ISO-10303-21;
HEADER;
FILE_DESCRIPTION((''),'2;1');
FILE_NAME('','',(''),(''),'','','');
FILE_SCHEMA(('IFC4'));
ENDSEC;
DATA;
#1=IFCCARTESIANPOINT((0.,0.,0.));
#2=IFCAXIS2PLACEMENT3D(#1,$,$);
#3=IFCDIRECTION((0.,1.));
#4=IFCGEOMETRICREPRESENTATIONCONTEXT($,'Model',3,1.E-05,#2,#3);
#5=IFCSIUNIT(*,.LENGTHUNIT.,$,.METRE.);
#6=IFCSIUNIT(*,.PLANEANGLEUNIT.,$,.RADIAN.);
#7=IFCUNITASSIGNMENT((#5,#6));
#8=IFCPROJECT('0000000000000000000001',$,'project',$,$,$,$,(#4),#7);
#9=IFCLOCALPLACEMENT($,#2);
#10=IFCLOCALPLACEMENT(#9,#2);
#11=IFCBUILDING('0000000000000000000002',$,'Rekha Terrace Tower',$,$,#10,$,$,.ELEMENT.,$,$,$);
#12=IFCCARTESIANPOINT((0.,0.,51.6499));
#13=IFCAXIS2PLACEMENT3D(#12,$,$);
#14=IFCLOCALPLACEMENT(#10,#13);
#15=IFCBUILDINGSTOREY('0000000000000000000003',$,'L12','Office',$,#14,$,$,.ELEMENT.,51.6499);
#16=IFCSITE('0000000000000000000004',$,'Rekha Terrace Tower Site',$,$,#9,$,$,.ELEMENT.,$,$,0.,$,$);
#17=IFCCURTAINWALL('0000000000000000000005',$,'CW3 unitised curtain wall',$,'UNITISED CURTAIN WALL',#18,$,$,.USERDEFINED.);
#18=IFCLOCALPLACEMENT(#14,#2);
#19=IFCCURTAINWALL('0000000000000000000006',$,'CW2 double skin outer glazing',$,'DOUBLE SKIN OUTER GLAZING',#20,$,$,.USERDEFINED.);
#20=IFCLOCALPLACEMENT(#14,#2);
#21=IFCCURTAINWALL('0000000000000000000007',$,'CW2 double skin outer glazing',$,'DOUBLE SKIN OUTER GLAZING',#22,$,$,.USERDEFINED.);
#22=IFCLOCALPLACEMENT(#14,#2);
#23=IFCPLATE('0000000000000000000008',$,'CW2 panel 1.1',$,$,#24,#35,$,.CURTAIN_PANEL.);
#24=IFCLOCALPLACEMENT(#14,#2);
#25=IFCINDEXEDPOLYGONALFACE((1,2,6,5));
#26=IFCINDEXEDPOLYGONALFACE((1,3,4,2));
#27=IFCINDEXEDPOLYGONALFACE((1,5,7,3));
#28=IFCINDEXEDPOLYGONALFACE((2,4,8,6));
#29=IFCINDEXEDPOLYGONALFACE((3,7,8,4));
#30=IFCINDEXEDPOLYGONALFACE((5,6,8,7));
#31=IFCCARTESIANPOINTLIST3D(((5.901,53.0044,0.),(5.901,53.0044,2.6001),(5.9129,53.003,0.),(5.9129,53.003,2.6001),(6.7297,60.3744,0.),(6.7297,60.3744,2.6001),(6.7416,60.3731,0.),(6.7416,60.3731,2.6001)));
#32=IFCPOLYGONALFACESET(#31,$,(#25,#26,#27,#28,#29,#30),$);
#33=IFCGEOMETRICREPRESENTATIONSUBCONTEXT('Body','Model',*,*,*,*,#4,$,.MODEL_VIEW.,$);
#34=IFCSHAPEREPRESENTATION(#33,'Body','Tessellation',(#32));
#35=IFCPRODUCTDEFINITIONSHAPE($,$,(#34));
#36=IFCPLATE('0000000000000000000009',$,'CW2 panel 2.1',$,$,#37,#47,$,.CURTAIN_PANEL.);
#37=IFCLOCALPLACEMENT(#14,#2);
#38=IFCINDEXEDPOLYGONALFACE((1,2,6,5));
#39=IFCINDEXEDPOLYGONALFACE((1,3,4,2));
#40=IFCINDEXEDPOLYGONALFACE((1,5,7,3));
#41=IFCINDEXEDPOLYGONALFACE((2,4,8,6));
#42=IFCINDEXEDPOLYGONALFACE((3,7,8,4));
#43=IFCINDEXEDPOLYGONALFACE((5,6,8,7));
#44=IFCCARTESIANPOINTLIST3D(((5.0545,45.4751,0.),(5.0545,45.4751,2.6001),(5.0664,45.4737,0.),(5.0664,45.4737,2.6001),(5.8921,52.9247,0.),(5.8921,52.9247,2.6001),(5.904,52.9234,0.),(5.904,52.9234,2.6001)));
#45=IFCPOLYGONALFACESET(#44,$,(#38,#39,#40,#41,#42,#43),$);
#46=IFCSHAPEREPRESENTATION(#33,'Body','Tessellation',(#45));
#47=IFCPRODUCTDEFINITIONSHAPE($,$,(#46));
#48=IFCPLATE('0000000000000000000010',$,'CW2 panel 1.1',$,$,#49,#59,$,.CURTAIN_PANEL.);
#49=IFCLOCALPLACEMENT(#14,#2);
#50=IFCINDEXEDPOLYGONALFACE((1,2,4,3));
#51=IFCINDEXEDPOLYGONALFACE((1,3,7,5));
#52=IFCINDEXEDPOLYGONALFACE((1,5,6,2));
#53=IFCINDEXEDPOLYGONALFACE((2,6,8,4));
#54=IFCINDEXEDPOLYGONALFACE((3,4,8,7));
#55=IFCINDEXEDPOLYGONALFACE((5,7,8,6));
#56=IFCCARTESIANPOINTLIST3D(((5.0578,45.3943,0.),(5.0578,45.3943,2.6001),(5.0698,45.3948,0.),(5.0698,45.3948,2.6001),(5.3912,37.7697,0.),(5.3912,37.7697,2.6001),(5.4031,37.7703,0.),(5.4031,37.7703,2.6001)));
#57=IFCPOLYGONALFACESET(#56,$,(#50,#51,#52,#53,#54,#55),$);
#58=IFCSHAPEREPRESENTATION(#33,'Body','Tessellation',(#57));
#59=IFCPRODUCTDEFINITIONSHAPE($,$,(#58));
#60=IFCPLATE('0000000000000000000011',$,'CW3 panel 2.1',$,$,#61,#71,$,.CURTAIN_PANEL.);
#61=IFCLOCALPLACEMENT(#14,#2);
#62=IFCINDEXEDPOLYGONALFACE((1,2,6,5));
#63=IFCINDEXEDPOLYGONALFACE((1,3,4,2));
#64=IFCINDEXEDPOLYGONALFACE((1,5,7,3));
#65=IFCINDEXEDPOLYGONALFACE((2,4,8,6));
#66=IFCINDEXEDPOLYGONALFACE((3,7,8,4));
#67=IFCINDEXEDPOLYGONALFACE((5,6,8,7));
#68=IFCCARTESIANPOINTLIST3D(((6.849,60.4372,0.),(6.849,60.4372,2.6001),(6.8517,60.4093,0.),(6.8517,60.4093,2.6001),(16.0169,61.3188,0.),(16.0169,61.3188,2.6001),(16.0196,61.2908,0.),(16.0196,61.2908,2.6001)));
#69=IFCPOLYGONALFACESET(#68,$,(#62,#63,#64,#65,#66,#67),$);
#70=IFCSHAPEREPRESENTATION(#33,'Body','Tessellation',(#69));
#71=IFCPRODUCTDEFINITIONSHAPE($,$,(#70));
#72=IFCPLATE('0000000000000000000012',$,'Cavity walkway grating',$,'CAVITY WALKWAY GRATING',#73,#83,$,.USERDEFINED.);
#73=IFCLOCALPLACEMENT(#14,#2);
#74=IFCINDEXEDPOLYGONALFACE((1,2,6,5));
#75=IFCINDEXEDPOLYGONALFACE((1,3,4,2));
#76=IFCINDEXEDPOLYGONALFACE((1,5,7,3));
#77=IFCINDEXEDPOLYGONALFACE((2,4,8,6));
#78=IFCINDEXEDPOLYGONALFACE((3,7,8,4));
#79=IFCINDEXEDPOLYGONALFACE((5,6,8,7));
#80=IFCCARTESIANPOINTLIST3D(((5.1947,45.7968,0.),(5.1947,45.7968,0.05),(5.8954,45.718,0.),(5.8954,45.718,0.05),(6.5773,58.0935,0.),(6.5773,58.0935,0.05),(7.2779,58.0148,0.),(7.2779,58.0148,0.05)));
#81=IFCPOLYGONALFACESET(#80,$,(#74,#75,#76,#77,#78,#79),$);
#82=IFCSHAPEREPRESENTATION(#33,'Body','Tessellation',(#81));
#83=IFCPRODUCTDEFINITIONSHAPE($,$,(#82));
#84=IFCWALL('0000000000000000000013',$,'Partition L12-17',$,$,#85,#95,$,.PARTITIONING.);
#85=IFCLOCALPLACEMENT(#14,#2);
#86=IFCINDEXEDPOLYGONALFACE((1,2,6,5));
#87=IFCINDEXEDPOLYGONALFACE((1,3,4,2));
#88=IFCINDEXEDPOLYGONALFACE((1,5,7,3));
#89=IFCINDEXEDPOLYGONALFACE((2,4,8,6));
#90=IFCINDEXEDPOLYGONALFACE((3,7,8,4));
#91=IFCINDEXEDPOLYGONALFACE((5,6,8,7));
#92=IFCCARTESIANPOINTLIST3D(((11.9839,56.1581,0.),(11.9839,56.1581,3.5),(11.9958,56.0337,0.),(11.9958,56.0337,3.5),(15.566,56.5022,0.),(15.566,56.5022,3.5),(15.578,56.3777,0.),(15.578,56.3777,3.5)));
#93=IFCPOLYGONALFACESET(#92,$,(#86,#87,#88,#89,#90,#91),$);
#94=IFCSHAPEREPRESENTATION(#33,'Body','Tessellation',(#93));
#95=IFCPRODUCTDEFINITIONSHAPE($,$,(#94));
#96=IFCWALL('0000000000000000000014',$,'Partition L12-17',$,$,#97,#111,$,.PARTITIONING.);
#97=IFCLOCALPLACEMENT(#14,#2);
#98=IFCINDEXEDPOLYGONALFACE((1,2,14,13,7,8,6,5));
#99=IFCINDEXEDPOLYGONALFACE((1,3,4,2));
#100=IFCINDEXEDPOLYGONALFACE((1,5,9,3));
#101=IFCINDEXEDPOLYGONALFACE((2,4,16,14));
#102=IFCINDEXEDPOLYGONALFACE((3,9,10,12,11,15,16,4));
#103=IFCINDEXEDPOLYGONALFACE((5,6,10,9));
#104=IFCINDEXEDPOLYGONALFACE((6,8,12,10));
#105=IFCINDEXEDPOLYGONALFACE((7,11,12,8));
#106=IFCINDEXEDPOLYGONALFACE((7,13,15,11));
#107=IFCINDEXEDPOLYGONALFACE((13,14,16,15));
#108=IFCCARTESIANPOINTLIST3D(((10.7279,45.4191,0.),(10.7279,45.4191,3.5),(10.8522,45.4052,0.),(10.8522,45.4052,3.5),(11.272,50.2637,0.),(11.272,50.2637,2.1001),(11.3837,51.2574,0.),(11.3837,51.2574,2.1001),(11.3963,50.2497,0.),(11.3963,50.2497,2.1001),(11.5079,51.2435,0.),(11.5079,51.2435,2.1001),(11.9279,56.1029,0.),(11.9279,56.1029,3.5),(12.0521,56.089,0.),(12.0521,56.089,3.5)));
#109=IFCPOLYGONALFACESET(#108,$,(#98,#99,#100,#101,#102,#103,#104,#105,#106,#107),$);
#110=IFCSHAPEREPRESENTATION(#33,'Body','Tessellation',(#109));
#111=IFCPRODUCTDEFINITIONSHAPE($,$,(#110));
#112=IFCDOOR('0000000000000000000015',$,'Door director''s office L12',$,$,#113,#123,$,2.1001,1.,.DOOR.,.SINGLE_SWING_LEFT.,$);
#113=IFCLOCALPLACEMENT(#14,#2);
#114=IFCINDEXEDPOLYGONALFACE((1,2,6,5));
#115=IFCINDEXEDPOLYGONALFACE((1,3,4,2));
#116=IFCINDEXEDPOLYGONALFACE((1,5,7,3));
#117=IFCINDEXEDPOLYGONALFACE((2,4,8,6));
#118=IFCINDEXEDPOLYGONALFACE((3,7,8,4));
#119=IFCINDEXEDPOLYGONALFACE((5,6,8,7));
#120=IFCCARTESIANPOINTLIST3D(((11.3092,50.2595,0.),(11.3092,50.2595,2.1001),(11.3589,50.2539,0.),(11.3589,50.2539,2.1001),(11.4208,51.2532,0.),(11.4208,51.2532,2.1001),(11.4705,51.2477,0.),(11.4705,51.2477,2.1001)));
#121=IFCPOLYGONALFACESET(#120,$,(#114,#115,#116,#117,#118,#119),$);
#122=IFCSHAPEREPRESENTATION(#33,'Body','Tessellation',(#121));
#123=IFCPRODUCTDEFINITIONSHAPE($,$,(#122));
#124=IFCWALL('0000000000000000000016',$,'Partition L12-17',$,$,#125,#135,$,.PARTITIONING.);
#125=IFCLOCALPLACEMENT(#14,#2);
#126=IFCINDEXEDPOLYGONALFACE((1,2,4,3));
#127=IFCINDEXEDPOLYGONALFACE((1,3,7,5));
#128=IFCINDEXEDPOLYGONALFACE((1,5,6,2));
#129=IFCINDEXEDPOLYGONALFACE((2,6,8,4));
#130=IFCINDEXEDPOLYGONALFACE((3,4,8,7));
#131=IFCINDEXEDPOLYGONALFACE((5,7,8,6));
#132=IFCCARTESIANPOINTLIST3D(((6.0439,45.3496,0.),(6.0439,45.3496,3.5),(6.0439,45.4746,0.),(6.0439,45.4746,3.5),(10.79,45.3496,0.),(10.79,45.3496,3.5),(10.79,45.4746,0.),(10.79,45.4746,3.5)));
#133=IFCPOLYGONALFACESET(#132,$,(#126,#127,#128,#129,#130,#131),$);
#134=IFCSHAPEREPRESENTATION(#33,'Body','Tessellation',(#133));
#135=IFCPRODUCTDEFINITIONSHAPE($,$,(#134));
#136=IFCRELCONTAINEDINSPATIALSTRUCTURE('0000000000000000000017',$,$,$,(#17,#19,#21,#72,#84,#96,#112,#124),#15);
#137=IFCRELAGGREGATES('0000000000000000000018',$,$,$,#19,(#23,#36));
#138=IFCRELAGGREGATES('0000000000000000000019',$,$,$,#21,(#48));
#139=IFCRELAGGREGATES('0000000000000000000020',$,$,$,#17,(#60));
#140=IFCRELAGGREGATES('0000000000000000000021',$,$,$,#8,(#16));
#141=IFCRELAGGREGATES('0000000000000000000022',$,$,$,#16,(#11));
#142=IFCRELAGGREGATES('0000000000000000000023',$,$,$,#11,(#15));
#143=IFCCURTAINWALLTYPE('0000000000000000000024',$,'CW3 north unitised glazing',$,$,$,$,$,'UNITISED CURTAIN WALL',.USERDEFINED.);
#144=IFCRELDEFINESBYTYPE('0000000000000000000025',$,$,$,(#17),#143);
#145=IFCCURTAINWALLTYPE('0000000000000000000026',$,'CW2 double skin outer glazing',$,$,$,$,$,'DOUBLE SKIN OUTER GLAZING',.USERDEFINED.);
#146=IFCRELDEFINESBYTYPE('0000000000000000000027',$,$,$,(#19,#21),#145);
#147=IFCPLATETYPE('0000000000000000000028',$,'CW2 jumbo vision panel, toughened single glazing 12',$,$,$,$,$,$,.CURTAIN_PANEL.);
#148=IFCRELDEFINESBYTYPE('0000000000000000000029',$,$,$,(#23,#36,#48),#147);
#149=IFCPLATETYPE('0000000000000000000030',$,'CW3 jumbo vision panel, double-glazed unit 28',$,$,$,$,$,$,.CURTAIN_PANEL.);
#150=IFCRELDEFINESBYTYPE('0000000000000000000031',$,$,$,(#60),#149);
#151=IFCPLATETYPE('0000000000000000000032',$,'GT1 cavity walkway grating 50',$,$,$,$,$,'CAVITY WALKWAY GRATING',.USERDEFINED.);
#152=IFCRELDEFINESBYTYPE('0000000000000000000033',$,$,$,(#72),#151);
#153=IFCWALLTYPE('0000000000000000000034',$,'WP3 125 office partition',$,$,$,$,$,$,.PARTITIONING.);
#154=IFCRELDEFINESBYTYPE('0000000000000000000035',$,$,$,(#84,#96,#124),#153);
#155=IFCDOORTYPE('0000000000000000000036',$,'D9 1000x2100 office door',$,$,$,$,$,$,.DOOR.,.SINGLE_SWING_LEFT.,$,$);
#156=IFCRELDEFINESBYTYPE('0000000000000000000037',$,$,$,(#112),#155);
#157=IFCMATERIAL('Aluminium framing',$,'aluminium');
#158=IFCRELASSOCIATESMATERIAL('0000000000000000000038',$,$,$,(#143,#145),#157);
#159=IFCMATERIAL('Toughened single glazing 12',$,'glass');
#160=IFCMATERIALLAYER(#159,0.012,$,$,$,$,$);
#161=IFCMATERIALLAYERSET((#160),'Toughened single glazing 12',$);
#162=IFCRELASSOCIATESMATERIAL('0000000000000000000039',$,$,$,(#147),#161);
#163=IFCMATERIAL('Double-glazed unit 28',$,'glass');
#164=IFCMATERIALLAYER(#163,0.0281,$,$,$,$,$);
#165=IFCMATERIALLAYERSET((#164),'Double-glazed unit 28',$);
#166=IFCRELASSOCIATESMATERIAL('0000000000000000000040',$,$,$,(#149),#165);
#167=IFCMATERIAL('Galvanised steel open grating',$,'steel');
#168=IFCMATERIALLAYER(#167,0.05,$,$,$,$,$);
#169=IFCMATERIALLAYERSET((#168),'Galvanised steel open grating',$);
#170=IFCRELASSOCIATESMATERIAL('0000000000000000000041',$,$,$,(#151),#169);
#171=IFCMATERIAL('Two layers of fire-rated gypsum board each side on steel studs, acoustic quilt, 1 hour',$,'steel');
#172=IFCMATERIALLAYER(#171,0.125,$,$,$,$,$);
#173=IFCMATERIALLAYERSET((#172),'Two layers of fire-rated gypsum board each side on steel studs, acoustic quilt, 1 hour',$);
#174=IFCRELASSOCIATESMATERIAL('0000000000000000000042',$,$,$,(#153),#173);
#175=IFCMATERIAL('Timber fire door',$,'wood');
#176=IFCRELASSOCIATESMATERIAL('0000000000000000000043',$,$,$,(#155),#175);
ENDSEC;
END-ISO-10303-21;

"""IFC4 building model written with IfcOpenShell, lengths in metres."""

from ifc_helpers import new_model, si_unit, direction, frame, frame_2d, origin, origin_2d, place, context, subcontext, project, spatial, rectangle, extrude, material, layer, layer_set, type_object, element, fill, aggregate, save


model = new_model("IFC4")

# Units and contexts
model_context = context("Model", 3, precision=1e-05, world=origin(), true_north=direction((0.0, 1.0)))
body_context = subcontext(model_context, "Body", "Model", "MODEL_VIEW")
ifc_project = project(units=[si_unit("LENGTHUNIT", "METRE"), si_unit("PLANEANGLEUNIT", "RADIAN")], contexts=[model_context])

# Site, building, storey
site_placement = place(None, origin())
site = spatial("IfcSite", under=ifc_project, at=site_placement, Name="Rekha Terrace Tower Site", CompositionType="ELEMENT", RefElevation=0.0)
building_placement = place(site_placement, origin())
building = spatial("IfcBuilding", under=site, at=building_placement, Name="Rekha Terrace Tower", CompositionType="ELEMENT")
storey_placement = place(building_placement, frame((0.0, 0.0, 51.6499)))
storey = spatial("IfcBuildingStorey", under=building, at=storey_placement, Name="L12", Description="Office", CompositionType="ELEMENT", Elevation=51.6499)

# Curtain walls
ifc_material_1 = material(Name="Aluminium framing", Category="aluminium")
curtain_wall_type_1 = type_object("IfcCurtainWallType", Name="CW3 north unitised glazing", ElementType="UNITISED CURTAIN WALL", PredefinedType="USERDEFINED", material=ifc_material_1)
curtain_wall_1_placement = place(storey_placement, origin())
curtain_wall_1 = element("IfcCurtainWall", 1, at=curtain_wall_1_placement, inside=storey, type_object=curtain_wall_type_1, Name="CW3 unitised curtain wall", ObjectType="UNITISED CURTAIN WALL", PredefinedType="USERDEFINED")
curtain_wall_type_2 = type_object("IfcCurtainWallType", Name="CW2 double skin outer glazing", ElementType="DOUBLE SKIN OUTER GLAZING", PredefinedType="USERDEFINED", material=ifc_material_1)
curtain_wall_2_placement = place(storey_placement, origin())
curtain_wall_2 = element("IfcCurtainWall", 2, at=curtain_wall_2_placement, inside=storey, type_object=curtain_wall_type_2, Name="CW2 double skin outer glazing", ObjectType="DOUBLE SKIN OUTER GLAZING", PredefinedType="USERDEFINED")

# Curtain wall
curtain_wall_3_placement = place(storey_placement, origin())
curtain_wall_3 = element("IfcCurtainWall", 3, at=curtain_wall_3_placement, inside=storey, type_object=curtain_wall_type_2, Name="CW2 double skin outer glazing", ObjectType="DOUBLE SKIN OUTER GLAZING", PredefinedType="USERDEFINED")

# Plates
ifc_material_2 = material(Name="Toughened single glazing 12", Category="glass")
ifc_layer_1 = layer(ifc_material_2, 0.012)
ifc_layer_set_1 = layer_set([ifc_layer_1], Name="Toughened single glazing 12")
plate_type_1 = type_object("IfcPlateType", Name="CW2 jumbo vision panel, toughened single glazing 12", PredefinedType="CURTAIN_PANEL", material=ifc_layer_set_1)
plate_1_placement = place(storey_placement, frame((6.3213, 56.6887, 0.0), z_axis=(0.0, 0.0, 1.0), x_axis=(-0.11173, -0.993739, 0.0)))
plate_1 = element("IfcPlate", 4, at=plate_1_placement, type_object=plate_type_1, Name="CW2 panel 1.1", PredefinedType="CURTAIN_PANEL", context=body_context, shape_type="SweptSolid", body=[
    extrude(rectangle(XDim=7.4165, YDim=0.012, at=origin_2d()), origin(), (0.0, 0.0, 1.0), 2.6001),
])
plate_2_placement = place(storey_placement, frame((5.4792, 49.1992, 0.0), z_axis=(0.0, 0.0, 1.0), x_axis=(-0.11173, -0.993739, 0.0)))
plate_2 = element("IfcPlate", 5, at=plate_2_placement, type_object=plate_type_1, Name="CW2 panel 2.1", PredefinedType="CURTAIN_PANEL", context=body_context, shape_type="SweptSolid", body=[
    extrude(rectangle(XDim=7.4966, YDim=0.012, at=origin_2d()), origin(), (0.0, 0.0, 1.0), 2.6001),
])
aggregate(curtain_wall_2, [plate_1, plate_2])
plate_3_placement = place(storey_placement, frame((5.2305, 41.5823, 0.0), z_axis=(0.0, 0.0, 1.0), x_axis=(0.043683, -0.999045, 0.0)))
plate_3 = element("IfcPlate", 6, at=plate_3_placement, type_object=plate_type_1, Name="CW2 panel 1.1", PredefinedType="CURTAIN_PANEL", context=body_context, shape_type="SweptSolid", body=[
    extrude(rectangle(XDim=7.6318, YDim=0.012, at=origin_2d()), origin(), (0.0, 0.0, 1.0), 2.6001),
])
aggregate(curtain_wall_3, [plate_3])
ifc_material_3 = material(Name="Double-glazed unit 28", Category="glass")
ifc_layer_2 = layer(ifc_material_3, 0.0281)
ifc_layer_set_2 = layer_set([ifc_layer_2], Name="Double-glazed unit 28")
plate_type_2 = type_object("IfcPlateType", Name="CW3 jumbo vision panel, double-glazed unit 28", PredefinedType="CURTAIN_PANEL", material=ifc_layer_set_2)
plate_4_placement = place(storey_placement, frame((11.4343, 60.864, 0.0), z_axis=(0.0, 0.0, 1.0), x_axis=(-0.995409, -0.095712, 0.0)))
plate_4 = element("IfcPlate", 7, at=plate_4_placement, type_object=plate_type_2, Name="CW3 panel 2.1", PredefinedType="CURTAIN_PANEL", context=body_context, shape_type="SweptSolid", body=[
    extrude(rectangle(XDim=9.2102, YDim=0.0281, at=origin_2d()), origin(), (0.0, 0.0, 1.0), 2.6001),
])
aggregate(curtain_wall_1, [plate_4])
ifc_material_4 = material(Name="Galvanised steel open grating", Category="steel")
ifc_layer_3 = layer(ifc_material_4, 0.05)
ifc_layer_set_3 = layer_set([ifc_layer_3], Name="Galvanised steel open grating")
plate_type_3 = type_object("IfcPlateType", Name="GT1 cavity walkway grating 50", ElementType="CAVITY WALKWAY GRATING", PredefinedType="USERDEFINED", material=ifc_layer_set_3)
plate_5_placement = place(storey_placement, frame((6.2363, 51.9058, 0.0), z_axis=(0.0, 0.0, 1.0), x_axis=(-0.11173, -0.993739, 0.0)))
element("IfcPlate", 8, at=plate_5_placement, inside=storey, type_object=plate_type_3, Name="Cavity walkway grating", ObjectType="CAVITY WALKWAY GRATING", PredefinedType="USERDEFINED", context=body_context, shape_type="SweptSolid", body=[
    extrude(rectangle(XDim=12.3743, YDim=0.7051, at=origin_2d()), origin(), (0.0, 0.0, 1.0), 0.05),
])

# Wall
ifc_material_5 = material(Name="Two layers of fire-rated gypsum board each side on steel studs, acoustic quilt, 1 hour", Category="steel")
ifc_layer_4 = layer(ifc_material_5, 0.125)
ifc_layer_set_4 = layer_set([ifc_layer_4], Name="Two layers of fire-rated gypsum board each side on steel studs, acoustic quilt, 1 hour")
wall_type = type_object("IfcWallType", Name="WP3 125 office partition", PredefinedType="PARTITIONING", material=ifc_layer_set_4)
wall_1_placement = place(storey_placement, frame((15.572, 56.4399, 0.0), z_axis=(0.0, 0.0, 1.0), x_axis=(-0.99542, -0.095593, 0.0)))
element("IfcWall", 9, at=wall_1_placement, inside=storey, type_object=wall_type, Name="Partition L12-17", PredefinedType="PARTITIONING", context=body_context, shape_type="SweptSolid", body=[
    extrude(rectangle(XDim=3.5986, YDim=0.125, at=frame_2d((1.7993, 0.0))), origin(), (0.0, 0.0, 1.0), 3.5),
])

# Wall, opening, door
wall_2_placement = place(storey_placement, frame((11.99, 56.0959, 0.0), z_axis=(0.0, 0.0, 1.0), x_axis=(-0.111613, -0.993752, 0.0)))
wall_2 = element("IfcWall", 10, at=wall_2_placement, inside=storey, type_object=wall_type, Name="Partition L12-17", PredefinedType="PARTITIONING", context=body_context, shape_type="SweptSolid", body=[
    extrude(rectangle(XDim=10.751, YDim=0.125, at=frame_2d((5.3755, 0.0))), origin(), (0.0, 0.0, 1.0), 3.5),
])
opening_placement = place(wall_2_placement, frame((4.876, 0.0, 0.0)))
opening = element("IfcOpeningElement", 11, at=opening_placement, cuts=wall_2, PredefinedType="OPENING", context=body_context, shape_type="SweptSolid", body=[
    extrude(rectangle(XDim=1.0, YDim=2.1001, at=frame_2d((0.5, 1.05))), frame((0.0, 0.0725, 0.0), z_axis=(0.0, -1.0, 0.0), x_axis=(1.0, 0.0, 0.0)), (0.0, 0.0, 1.0), 0.145),
])
ifc_material_6 = material(Name="Timber fire door", Category="wood")
door_type = type_object("IfcDoorType", Name="D9 1000x2100 office door", OperationType="SINGLE_SWING_LEFT", PredefinedType="DOOR", material=ifc_material_6)
door_placement = place(opening_placement, origin())
door = element("IfcDoor", 12, at=door_placement, inside=storey, type_object=door_type, Name="Door director's office L12", OperationType="SINGLE_SWING_LEFT", OverallHeight=2.1001, OverallWidth=1.0, PredefinedType="DOOR", context=body_context, shape_type="SweptSolid", body=[
    extrude(rectangle(XDim=1.0, YDim=2.1001, at=frame_2d((0.5, 1.05))), frame((0.0, 0.0249, 0.0), z_axis=(0.0, -1.0, 0.0), x_axis=(1.0, 0.0, 0.0)), (0.0, 0.0, 1.0), 0.05),
])
fill(opening, door)

# Wall
wall_3_placement = place(storey_placement, frame((10.79, 45.4121, 0.0), z_axis=(0.0, 0.0, 1.0), x_axis=(-1.0, 0.0, 0.0)))
element("IfcWall", 13, at=wall_3_placement, inside=storey, type_object=wall_type, Name="Partition L12-17", PredefinedType="PARTITIONING", context=body_context, shape_type="SweptSolid", body=[
    extrude(rectangle(XDim=4.7461, YDim=0.125, at=frame_2d((2.373, 0.0))), origin(), (0.0, 0.0, 1.0), 3.5),
])

save(model, "model.ifc")
